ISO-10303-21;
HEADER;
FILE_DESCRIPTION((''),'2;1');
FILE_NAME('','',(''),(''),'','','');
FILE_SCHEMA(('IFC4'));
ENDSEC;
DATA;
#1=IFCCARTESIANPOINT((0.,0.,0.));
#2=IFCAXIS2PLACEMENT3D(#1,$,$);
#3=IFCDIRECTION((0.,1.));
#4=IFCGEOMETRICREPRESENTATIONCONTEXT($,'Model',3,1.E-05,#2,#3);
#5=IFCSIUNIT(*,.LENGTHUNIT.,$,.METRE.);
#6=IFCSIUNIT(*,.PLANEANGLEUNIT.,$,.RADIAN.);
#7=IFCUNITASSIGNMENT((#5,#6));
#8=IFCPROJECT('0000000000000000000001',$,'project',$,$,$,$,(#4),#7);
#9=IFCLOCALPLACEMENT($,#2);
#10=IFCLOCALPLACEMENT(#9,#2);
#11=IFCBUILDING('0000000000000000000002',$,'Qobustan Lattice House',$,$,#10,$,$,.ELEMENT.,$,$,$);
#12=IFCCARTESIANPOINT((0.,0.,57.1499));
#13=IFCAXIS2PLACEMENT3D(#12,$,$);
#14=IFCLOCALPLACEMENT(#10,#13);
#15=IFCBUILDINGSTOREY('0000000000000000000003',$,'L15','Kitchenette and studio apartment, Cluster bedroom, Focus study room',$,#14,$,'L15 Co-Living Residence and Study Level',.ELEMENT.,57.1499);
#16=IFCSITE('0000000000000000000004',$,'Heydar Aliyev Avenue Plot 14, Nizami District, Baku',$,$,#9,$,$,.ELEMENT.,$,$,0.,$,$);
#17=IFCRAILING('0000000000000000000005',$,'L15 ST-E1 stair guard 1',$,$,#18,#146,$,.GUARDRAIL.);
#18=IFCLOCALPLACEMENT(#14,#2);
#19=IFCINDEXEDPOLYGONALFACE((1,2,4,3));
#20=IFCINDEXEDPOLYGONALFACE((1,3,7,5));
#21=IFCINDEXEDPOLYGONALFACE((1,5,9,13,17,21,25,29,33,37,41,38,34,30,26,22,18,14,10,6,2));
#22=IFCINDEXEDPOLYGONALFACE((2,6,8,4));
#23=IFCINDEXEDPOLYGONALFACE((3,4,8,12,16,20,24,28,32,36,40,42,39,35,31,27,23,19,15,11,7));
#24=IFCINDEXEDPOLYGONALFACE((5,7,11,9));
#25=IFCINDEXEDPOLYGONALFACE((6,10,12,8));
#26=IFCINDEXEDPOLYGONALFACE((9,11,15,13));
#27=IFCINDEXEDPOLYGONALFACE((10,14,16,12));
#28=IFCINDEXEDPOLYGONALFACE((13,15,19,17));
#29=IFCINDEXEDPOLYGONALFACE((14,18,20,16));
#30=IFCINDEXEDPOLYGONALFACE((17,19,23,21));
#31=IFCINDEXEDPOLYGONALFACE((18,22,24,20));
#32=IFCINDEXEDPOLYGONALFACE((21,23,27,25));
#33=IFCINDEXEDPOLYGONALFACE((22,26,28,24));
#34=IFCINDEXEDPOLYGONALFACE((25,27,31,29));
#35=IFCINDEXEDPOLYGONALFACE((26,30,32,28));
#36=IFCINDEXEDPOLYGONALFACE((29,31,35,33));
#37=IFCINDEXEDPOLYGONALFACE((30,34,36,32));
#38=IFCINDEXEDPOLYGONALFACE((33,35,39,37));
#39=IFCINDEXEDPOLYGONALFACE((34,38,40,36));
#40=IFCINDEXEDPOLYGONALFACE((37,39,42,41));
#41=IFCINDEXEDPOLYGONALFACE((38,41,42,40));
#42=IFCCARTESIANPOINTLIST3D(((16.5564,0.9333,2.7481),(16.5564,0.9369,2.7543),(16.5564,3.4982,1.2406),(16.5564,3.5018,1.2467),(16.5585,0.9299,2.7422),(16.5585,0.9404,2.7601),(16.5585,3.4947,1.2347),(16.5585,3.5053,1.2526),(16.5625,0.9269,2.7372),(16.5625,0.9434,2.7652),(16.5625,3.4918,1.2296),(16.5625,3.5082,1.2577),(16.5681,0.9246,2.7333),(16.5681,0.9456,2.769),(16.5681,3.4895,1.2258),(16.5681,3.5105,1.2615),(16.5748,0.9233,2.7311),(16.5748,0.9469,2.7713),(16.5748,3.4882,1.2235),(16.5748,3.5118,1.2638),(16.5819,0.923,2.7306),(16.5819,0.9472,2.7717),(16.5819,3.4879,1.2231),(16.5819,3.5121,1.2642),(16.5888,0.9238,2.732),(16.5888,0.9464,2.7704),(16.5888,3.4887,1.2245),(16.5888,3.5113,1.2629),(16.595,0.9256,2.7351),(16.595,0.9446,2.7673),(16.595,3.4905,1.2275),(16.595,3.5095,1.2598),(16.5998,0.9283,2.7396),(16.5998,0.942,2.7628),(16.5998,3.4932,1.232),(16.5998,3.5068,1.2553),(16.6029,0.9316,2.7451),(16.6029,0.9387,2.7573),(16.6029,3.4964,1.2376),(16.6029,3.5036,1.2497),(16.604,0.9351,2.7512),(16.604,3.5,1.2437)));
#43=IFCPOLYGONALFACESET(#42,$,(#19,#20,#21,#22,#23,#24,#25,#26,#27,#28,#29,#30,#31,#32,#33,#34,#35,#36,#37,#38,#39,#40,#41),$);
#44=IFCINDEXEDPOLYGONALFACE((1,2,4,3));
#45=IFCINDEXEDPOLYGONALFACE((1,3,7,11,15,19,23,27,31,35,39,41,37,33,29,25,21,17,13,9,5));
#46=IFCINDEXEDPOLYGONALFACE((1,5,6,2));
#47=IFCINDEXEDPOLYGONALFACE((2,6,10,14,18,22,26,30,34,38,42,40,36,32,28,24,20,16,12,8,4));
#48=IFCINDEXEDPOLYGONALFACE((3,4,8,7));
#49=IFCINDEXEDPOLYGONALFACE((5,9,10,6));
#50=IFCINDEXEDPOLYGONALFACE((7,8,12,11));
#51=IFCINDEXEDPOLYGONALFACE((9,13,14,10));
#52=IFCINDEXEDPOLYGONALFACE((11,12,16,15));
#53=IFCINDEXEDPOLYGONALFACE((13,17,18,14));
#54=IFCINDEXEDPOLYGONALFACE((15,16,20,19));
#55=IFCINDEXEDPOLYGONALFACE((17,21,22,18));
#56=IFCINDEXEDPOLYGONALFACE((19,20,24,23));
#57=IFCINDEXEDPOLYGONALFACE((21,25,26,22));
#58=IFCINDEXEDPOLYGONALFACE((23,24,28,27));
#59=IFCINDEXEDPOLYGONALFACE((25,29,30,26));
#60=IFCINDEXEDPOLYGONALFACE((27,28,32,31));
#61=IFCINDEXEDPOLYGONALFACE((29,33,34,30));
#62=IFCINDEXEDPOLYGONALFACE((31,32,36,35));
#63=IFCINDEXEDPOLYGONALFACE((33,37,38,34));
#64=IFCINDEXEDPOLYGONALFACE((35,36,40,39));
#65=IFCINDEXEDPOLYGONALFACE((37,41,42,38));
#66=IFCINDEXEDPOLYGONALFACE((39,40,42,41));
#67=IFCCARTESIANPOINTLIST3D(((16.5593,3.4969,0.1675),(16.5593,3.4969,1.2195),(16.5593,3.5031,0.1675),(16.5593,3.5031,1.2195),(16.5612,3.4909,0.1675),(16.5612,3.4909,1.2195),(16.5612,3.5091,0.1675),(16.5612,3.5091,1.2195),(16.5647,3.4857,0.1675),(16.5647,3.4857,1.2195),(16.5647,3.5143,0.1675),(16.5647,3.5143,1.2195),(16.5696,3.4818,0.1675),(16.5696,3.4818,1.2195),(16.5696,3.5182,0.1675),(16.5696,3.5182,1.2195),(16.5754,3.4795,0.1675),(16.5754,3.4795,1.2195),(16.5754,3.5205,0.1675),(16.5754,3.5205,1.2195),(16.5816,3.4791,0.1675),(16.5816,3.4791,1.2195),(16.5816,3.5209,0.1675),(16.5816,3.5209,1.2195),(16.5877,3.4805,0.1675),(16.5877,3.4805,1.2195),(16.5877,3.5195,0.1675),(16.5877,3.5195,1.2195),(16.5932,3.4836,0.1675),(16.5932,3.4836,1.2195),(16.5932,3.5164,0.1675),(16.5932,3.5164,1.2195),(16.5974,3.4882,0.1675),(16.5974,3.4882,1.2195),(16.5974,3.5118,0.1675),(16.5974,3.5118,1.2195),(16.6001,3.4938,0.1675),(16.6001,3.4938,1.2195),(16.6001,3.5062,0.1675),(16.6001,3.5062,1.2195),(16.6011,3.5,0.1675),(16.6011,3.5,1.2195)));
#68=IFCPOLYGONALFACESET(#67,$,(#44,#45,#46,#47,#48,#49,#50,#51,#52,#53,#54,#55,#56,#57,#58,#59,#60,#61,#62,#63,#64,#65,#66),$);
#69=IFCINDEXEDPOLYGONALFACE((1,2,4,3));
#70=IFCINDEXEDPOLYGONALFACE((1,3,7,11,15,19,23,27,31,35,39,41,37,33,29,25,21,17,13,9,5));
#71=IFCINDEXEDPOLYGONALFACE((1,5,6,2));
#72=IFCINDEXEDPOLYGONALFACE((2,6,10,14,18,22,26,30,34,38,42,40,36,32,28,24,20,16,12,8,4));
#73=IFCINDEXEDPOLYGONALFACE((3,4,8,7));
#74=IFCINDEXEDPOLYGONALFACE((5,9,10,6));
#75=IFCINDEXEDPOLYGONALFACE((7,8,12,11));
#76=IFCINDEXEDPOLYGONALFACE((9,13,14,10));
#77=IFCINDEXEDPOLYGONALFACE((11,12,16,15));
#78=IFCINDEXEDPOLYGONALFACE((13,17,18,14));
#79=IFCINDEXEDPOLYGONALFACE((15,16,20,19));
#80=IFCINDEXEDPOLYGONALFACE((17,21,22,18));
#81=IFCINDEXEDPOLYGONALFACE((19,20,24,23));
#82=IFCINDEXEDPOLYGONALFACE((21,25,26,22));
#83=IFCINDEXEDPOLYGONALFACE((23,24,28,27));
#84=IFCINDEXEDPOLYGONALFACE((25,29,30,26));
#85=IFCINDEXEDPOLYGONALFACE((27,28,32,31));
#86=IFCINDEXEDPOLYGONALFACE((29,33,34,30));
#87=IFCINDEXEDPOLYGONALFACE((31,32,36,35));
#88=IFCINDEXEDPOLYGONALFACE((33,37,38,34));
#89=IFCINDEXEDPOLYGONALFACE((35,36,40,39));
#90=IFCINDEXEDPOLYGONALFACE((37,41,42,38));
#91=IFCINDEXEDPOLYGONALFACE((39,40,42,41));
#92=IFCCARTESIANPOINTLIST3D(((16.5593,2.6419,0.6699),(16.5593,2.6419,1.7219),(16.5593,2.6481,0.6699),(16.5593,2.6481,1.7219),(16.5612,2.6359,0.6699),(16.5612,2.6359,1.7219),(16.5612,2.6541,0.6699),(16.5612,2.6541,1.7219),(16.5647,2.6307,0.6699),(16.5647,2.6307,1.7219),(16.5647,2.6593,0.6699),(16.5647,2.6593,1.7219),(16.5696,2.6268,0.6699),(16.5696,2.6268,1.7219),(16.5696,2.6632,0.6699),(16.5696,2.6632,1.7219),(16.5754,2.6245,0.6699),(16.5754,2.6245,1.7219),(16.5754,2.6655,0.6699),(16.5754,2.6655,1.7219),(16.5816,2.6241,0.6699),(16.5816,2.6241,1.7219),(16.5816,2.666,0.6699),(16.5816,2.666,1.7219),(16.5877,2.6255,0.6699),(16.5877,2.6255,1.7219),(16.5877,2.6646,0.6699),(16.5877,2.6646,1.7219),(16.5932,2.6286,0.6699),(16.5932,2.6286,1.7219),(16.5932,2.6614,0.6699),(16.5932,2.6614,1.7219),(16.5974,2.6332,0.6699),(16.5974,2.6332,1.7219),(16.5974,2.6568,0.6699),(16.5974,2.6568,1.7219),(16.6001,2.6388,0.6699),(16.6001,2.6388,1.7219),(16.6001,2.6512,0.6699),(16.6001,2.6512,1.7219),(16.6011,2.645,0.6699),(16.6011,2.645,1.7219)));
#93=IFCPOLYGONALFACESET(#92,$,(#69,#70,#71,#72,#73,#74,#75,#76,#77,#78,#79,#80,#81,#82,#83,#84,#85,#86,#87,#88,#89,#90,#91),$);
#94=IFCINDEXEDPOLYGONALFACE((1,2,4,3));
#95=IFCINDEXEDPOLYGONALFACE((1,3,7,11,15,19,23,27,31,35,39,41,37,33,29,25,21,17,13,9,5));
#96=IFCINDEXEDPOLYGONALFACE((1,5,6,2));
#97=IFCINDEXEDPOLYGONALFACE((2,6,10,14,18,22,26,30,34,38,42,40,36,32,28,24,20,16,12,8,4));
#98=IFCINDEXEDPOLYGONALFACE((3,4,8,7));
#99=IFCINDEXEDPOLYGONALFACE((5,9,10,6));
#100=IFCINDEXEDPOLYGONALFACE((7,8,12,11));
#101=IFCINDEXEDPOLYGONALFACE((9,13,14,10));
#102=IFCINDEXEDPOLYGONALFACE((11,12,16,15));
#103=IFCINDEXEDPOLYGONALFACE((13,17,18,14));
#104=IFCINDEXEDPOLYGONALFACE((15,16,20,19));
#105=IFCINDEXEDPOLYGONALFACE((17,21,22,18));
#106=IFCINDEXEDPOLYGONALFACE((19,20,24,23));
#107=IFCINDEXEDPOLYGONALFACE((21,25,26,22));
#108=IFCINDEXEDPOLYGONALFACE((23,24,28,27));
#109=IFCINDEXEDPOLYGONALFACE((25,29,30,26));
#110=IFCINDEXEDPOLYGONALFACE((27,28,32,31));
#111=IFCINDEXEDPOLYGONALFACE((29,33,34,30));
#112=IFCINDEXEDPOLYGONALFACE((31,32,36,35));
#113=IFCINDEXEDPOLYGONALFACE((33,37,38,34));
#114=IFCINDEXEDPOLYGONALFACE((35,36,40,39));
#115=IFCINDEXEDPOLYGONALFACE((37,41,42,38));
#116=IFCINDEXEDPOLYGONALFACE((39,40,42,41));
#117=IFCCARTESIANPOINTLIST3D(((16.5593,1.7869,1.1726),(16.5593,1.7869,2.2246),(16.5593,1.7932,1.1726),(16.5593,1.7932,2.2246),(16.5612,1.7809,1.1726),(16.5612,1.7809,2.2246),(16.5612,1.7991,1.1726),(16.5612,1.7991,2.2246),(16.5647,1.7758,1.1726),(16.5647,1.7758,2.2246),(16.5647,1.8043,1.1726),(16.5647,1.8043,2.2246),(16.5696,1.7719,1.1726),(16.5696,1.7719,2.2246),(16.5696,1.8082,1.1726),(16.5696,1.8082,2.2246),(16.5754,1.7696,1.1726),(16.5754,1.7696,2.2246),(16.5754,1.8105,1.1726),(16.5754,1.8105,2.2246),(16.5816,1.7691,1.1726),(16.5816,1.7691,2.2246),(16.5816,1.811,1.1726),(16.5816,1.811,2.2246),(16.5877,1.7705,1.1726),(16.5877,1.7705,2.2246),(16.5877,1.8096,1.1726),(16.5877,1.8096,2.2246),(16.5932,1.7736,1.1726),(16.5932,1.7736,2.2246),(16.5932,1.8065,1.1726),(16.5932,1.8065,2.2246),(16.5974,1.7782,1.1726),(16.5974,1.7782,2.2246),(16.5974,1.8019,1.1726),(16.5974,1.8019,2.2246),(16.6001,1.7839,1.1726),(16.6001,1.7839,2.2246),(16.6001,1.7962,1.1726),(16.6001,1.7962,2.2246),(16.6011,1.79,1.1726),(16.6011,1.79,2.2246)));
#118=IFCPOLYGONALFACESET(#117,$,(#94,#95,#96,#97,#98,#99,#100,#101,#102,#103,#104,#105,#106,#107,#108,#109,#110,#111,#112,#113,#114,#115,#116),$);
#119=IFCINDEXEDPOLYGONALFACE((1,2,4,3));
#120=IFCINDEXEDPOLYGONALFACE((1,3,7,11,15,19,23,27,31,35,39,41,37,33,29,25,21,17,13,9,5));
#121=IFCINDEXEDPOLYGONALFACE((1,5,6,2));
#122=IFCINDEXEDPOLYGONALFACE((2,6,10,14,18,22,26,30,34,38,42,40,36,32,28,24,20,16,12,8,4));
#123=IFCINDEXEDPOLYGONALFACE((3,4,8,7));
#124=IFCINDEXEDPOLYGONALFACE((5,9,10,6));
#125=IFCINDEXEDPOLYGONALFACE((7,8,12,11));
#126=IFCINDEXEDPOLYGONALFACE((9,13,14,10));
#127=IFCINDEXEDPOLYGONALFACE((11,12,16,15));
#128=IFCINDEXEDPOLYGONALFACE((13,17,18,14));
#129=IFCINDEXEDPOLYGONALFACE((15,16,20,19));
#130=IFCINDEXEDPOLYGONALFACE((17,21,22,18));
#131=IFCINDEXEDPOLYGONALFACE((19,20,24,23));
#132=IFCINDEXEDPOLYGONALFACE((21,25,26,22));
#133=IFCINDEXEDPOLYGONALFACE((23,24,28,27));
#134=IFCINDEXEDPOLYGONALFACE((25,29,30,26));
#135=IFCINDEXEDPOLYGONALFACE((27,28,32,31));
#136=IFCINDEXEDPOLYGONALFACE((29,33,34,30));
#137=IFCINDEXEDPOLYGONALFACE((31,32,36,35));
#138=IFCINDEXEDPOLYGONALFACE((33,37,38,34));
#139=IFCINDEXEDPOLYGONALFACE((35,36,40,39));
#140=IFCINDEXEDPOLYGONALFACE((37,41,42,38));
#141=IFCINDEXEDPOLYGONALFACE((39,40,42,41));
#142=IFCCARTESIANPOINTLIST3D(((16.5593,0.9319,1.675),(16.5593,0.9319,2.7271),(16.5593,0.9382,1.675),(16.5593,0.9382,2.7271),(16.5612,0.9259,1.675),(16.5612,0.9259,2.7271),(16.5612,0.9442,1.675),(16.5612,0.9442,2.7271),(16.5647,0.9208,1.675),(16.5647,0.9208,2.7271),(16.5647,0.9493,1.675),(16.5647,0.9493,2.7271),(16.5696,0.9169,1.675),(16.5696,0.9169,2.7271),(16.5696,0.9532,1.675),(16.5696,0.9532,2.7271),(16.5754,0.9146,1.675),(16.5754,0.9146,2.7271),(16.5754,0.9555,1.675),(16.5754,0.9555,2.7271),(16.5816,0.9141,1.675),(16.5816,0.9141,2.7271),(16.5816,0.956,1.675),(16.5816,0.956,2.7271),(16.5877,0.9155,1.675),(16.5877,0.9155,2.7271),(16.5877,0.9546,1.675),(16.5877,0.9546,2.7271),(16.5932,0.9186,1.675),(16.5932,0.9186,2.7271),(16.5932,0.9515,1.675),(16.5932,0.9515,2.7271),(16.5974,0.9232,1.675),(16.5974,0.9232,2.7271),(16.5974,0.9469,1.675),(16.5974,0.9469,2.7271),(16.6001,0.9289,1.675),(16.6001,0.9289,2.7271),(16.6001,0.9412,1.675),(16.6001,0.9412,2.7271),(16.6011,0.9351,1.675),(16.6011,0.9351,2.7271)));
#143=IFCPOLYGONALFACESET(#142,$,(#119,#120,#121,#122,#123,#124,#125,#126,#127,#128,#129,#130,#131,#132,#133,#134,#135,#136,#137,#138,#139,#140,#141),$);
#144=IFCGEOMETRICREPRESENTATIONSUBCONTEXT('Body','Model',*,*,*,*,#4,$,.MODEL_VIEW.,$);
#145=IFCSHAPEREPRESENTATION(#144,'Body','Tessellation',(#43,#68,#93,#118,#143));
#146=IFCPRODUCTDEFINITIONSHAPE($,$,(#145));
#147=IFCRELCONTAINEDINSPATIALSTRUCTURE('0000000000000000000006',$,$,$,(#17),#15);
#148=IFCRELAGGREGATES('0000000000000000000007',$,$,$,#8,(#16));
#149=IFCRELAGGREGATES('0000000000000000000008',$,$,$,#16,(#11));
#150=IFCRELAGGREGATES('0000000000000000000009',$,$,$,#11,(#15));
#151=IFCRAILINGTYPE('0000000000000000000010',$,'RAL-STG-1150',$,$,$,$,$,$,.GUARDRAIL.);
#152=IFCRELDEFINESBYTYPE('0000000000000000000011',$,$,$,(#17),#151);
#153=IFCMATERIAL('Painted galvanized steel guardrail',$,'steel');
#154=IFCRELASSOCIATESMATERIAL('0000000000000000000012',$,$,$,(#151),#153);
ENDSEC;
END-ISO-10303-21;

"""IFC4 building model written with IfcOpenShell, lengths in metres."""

from ifc_helpers import new_model, si_unit, direction, frame, origin, origin_2d, place, context, subcontext, project, spatial, circle, extrude, material, type_object, element, save


model = new_model("IFC4")

# Units and contexts
model_context = context("Model", 3, precision=1e-05, world=origin(), true_north=direction((0.0, 1.0)))
body_context = subcontext(model_context, "Body", "Model", "MODEL_VIEW")
ifc_project = project(units=[si_unit("LENGTHUNIT", "METRE"), si_unit("PLANEANGLEUNIT", "RADIAN")], contexts=[model_context])

# Site, building, storey
site_placement = place(None, origin())
site = spatial("IfcSite", under=ifc_project, at=site_placement, Name="Heydar Aliyev Avenue Plot 14, Nizami District, Baku", CompositionType="ELEMENT", RefElevation=0.0)
building_placement = place(site_placement, origin())
building = spatial("IfcBuilding", under=site, at=building_placement, Name="Qobustan Lattice House", CompositionType="ELEMENT")
storey_placement = place(building_placement, frame((0.0, 0.0, 57.1499)))
storey = spatial("IfcBuildingStorey", under=building, at=storey_placement, Name="L15", Description="Kitchenette and studio apartment, Cluster bedroom, Focus study room", LongName="L15 Co-Living Residence and Study Level", CompositionType="ELEMENT", Elevation=57.1499)

# Railing
ifc_material_1 = material(Name="Painted galvanized steel guardrail", Category="steel")
railing_type_1 = type_object("IfcRailingType", Name="RAL-STG-1150", PredefinedType="GUARDRAIL", material=ifc_material_1)
railing_1_placement = place(storey_placement, frame((16.5801, 3.5, 0.1675)))
element("IfcRailing", 1, at=railing_1_placement, inside=storey, type_object=railing_type_1, Name="L15 ST-E1 stair guard 1", PredefinedType="GUARDRAIL", context=body_context, shape_type="SweptSolid", body=[
    extrude(circle(Radius=0.0239, at=origin_2d()), frame((0.0, 0.0, 1.0762), z_axis=(0.0, -0.862113, 0.506715), x_axis=(1.0, 0.0, 0.0)), (0.0, 0.0, 1.0), 2.9751),
    extrude(circle(Radius=0.021, at=origin_2d()), origin(), (0.0, 0.0, 1.0), 1.052),
    extrude(circle(Radius=0.021, at=origin_2d()), frame((0.0, -0.855, 0.5024)), (0.0, 0.0, 1.0), 1.052),
    extrude(circle(Radius=0.021, at=origin_2d()), frame((0.0, -1.71, 1.0051)), (0.0, 0.0, 1.0), 1.052),
    extrude(circle(Radius=0.021, at=origin_2d()), frame((0.0, -2.5649, 1.5076)), (0.0, 0.0, 1.0), 1.052),
])

save(model, "model.ifc")
